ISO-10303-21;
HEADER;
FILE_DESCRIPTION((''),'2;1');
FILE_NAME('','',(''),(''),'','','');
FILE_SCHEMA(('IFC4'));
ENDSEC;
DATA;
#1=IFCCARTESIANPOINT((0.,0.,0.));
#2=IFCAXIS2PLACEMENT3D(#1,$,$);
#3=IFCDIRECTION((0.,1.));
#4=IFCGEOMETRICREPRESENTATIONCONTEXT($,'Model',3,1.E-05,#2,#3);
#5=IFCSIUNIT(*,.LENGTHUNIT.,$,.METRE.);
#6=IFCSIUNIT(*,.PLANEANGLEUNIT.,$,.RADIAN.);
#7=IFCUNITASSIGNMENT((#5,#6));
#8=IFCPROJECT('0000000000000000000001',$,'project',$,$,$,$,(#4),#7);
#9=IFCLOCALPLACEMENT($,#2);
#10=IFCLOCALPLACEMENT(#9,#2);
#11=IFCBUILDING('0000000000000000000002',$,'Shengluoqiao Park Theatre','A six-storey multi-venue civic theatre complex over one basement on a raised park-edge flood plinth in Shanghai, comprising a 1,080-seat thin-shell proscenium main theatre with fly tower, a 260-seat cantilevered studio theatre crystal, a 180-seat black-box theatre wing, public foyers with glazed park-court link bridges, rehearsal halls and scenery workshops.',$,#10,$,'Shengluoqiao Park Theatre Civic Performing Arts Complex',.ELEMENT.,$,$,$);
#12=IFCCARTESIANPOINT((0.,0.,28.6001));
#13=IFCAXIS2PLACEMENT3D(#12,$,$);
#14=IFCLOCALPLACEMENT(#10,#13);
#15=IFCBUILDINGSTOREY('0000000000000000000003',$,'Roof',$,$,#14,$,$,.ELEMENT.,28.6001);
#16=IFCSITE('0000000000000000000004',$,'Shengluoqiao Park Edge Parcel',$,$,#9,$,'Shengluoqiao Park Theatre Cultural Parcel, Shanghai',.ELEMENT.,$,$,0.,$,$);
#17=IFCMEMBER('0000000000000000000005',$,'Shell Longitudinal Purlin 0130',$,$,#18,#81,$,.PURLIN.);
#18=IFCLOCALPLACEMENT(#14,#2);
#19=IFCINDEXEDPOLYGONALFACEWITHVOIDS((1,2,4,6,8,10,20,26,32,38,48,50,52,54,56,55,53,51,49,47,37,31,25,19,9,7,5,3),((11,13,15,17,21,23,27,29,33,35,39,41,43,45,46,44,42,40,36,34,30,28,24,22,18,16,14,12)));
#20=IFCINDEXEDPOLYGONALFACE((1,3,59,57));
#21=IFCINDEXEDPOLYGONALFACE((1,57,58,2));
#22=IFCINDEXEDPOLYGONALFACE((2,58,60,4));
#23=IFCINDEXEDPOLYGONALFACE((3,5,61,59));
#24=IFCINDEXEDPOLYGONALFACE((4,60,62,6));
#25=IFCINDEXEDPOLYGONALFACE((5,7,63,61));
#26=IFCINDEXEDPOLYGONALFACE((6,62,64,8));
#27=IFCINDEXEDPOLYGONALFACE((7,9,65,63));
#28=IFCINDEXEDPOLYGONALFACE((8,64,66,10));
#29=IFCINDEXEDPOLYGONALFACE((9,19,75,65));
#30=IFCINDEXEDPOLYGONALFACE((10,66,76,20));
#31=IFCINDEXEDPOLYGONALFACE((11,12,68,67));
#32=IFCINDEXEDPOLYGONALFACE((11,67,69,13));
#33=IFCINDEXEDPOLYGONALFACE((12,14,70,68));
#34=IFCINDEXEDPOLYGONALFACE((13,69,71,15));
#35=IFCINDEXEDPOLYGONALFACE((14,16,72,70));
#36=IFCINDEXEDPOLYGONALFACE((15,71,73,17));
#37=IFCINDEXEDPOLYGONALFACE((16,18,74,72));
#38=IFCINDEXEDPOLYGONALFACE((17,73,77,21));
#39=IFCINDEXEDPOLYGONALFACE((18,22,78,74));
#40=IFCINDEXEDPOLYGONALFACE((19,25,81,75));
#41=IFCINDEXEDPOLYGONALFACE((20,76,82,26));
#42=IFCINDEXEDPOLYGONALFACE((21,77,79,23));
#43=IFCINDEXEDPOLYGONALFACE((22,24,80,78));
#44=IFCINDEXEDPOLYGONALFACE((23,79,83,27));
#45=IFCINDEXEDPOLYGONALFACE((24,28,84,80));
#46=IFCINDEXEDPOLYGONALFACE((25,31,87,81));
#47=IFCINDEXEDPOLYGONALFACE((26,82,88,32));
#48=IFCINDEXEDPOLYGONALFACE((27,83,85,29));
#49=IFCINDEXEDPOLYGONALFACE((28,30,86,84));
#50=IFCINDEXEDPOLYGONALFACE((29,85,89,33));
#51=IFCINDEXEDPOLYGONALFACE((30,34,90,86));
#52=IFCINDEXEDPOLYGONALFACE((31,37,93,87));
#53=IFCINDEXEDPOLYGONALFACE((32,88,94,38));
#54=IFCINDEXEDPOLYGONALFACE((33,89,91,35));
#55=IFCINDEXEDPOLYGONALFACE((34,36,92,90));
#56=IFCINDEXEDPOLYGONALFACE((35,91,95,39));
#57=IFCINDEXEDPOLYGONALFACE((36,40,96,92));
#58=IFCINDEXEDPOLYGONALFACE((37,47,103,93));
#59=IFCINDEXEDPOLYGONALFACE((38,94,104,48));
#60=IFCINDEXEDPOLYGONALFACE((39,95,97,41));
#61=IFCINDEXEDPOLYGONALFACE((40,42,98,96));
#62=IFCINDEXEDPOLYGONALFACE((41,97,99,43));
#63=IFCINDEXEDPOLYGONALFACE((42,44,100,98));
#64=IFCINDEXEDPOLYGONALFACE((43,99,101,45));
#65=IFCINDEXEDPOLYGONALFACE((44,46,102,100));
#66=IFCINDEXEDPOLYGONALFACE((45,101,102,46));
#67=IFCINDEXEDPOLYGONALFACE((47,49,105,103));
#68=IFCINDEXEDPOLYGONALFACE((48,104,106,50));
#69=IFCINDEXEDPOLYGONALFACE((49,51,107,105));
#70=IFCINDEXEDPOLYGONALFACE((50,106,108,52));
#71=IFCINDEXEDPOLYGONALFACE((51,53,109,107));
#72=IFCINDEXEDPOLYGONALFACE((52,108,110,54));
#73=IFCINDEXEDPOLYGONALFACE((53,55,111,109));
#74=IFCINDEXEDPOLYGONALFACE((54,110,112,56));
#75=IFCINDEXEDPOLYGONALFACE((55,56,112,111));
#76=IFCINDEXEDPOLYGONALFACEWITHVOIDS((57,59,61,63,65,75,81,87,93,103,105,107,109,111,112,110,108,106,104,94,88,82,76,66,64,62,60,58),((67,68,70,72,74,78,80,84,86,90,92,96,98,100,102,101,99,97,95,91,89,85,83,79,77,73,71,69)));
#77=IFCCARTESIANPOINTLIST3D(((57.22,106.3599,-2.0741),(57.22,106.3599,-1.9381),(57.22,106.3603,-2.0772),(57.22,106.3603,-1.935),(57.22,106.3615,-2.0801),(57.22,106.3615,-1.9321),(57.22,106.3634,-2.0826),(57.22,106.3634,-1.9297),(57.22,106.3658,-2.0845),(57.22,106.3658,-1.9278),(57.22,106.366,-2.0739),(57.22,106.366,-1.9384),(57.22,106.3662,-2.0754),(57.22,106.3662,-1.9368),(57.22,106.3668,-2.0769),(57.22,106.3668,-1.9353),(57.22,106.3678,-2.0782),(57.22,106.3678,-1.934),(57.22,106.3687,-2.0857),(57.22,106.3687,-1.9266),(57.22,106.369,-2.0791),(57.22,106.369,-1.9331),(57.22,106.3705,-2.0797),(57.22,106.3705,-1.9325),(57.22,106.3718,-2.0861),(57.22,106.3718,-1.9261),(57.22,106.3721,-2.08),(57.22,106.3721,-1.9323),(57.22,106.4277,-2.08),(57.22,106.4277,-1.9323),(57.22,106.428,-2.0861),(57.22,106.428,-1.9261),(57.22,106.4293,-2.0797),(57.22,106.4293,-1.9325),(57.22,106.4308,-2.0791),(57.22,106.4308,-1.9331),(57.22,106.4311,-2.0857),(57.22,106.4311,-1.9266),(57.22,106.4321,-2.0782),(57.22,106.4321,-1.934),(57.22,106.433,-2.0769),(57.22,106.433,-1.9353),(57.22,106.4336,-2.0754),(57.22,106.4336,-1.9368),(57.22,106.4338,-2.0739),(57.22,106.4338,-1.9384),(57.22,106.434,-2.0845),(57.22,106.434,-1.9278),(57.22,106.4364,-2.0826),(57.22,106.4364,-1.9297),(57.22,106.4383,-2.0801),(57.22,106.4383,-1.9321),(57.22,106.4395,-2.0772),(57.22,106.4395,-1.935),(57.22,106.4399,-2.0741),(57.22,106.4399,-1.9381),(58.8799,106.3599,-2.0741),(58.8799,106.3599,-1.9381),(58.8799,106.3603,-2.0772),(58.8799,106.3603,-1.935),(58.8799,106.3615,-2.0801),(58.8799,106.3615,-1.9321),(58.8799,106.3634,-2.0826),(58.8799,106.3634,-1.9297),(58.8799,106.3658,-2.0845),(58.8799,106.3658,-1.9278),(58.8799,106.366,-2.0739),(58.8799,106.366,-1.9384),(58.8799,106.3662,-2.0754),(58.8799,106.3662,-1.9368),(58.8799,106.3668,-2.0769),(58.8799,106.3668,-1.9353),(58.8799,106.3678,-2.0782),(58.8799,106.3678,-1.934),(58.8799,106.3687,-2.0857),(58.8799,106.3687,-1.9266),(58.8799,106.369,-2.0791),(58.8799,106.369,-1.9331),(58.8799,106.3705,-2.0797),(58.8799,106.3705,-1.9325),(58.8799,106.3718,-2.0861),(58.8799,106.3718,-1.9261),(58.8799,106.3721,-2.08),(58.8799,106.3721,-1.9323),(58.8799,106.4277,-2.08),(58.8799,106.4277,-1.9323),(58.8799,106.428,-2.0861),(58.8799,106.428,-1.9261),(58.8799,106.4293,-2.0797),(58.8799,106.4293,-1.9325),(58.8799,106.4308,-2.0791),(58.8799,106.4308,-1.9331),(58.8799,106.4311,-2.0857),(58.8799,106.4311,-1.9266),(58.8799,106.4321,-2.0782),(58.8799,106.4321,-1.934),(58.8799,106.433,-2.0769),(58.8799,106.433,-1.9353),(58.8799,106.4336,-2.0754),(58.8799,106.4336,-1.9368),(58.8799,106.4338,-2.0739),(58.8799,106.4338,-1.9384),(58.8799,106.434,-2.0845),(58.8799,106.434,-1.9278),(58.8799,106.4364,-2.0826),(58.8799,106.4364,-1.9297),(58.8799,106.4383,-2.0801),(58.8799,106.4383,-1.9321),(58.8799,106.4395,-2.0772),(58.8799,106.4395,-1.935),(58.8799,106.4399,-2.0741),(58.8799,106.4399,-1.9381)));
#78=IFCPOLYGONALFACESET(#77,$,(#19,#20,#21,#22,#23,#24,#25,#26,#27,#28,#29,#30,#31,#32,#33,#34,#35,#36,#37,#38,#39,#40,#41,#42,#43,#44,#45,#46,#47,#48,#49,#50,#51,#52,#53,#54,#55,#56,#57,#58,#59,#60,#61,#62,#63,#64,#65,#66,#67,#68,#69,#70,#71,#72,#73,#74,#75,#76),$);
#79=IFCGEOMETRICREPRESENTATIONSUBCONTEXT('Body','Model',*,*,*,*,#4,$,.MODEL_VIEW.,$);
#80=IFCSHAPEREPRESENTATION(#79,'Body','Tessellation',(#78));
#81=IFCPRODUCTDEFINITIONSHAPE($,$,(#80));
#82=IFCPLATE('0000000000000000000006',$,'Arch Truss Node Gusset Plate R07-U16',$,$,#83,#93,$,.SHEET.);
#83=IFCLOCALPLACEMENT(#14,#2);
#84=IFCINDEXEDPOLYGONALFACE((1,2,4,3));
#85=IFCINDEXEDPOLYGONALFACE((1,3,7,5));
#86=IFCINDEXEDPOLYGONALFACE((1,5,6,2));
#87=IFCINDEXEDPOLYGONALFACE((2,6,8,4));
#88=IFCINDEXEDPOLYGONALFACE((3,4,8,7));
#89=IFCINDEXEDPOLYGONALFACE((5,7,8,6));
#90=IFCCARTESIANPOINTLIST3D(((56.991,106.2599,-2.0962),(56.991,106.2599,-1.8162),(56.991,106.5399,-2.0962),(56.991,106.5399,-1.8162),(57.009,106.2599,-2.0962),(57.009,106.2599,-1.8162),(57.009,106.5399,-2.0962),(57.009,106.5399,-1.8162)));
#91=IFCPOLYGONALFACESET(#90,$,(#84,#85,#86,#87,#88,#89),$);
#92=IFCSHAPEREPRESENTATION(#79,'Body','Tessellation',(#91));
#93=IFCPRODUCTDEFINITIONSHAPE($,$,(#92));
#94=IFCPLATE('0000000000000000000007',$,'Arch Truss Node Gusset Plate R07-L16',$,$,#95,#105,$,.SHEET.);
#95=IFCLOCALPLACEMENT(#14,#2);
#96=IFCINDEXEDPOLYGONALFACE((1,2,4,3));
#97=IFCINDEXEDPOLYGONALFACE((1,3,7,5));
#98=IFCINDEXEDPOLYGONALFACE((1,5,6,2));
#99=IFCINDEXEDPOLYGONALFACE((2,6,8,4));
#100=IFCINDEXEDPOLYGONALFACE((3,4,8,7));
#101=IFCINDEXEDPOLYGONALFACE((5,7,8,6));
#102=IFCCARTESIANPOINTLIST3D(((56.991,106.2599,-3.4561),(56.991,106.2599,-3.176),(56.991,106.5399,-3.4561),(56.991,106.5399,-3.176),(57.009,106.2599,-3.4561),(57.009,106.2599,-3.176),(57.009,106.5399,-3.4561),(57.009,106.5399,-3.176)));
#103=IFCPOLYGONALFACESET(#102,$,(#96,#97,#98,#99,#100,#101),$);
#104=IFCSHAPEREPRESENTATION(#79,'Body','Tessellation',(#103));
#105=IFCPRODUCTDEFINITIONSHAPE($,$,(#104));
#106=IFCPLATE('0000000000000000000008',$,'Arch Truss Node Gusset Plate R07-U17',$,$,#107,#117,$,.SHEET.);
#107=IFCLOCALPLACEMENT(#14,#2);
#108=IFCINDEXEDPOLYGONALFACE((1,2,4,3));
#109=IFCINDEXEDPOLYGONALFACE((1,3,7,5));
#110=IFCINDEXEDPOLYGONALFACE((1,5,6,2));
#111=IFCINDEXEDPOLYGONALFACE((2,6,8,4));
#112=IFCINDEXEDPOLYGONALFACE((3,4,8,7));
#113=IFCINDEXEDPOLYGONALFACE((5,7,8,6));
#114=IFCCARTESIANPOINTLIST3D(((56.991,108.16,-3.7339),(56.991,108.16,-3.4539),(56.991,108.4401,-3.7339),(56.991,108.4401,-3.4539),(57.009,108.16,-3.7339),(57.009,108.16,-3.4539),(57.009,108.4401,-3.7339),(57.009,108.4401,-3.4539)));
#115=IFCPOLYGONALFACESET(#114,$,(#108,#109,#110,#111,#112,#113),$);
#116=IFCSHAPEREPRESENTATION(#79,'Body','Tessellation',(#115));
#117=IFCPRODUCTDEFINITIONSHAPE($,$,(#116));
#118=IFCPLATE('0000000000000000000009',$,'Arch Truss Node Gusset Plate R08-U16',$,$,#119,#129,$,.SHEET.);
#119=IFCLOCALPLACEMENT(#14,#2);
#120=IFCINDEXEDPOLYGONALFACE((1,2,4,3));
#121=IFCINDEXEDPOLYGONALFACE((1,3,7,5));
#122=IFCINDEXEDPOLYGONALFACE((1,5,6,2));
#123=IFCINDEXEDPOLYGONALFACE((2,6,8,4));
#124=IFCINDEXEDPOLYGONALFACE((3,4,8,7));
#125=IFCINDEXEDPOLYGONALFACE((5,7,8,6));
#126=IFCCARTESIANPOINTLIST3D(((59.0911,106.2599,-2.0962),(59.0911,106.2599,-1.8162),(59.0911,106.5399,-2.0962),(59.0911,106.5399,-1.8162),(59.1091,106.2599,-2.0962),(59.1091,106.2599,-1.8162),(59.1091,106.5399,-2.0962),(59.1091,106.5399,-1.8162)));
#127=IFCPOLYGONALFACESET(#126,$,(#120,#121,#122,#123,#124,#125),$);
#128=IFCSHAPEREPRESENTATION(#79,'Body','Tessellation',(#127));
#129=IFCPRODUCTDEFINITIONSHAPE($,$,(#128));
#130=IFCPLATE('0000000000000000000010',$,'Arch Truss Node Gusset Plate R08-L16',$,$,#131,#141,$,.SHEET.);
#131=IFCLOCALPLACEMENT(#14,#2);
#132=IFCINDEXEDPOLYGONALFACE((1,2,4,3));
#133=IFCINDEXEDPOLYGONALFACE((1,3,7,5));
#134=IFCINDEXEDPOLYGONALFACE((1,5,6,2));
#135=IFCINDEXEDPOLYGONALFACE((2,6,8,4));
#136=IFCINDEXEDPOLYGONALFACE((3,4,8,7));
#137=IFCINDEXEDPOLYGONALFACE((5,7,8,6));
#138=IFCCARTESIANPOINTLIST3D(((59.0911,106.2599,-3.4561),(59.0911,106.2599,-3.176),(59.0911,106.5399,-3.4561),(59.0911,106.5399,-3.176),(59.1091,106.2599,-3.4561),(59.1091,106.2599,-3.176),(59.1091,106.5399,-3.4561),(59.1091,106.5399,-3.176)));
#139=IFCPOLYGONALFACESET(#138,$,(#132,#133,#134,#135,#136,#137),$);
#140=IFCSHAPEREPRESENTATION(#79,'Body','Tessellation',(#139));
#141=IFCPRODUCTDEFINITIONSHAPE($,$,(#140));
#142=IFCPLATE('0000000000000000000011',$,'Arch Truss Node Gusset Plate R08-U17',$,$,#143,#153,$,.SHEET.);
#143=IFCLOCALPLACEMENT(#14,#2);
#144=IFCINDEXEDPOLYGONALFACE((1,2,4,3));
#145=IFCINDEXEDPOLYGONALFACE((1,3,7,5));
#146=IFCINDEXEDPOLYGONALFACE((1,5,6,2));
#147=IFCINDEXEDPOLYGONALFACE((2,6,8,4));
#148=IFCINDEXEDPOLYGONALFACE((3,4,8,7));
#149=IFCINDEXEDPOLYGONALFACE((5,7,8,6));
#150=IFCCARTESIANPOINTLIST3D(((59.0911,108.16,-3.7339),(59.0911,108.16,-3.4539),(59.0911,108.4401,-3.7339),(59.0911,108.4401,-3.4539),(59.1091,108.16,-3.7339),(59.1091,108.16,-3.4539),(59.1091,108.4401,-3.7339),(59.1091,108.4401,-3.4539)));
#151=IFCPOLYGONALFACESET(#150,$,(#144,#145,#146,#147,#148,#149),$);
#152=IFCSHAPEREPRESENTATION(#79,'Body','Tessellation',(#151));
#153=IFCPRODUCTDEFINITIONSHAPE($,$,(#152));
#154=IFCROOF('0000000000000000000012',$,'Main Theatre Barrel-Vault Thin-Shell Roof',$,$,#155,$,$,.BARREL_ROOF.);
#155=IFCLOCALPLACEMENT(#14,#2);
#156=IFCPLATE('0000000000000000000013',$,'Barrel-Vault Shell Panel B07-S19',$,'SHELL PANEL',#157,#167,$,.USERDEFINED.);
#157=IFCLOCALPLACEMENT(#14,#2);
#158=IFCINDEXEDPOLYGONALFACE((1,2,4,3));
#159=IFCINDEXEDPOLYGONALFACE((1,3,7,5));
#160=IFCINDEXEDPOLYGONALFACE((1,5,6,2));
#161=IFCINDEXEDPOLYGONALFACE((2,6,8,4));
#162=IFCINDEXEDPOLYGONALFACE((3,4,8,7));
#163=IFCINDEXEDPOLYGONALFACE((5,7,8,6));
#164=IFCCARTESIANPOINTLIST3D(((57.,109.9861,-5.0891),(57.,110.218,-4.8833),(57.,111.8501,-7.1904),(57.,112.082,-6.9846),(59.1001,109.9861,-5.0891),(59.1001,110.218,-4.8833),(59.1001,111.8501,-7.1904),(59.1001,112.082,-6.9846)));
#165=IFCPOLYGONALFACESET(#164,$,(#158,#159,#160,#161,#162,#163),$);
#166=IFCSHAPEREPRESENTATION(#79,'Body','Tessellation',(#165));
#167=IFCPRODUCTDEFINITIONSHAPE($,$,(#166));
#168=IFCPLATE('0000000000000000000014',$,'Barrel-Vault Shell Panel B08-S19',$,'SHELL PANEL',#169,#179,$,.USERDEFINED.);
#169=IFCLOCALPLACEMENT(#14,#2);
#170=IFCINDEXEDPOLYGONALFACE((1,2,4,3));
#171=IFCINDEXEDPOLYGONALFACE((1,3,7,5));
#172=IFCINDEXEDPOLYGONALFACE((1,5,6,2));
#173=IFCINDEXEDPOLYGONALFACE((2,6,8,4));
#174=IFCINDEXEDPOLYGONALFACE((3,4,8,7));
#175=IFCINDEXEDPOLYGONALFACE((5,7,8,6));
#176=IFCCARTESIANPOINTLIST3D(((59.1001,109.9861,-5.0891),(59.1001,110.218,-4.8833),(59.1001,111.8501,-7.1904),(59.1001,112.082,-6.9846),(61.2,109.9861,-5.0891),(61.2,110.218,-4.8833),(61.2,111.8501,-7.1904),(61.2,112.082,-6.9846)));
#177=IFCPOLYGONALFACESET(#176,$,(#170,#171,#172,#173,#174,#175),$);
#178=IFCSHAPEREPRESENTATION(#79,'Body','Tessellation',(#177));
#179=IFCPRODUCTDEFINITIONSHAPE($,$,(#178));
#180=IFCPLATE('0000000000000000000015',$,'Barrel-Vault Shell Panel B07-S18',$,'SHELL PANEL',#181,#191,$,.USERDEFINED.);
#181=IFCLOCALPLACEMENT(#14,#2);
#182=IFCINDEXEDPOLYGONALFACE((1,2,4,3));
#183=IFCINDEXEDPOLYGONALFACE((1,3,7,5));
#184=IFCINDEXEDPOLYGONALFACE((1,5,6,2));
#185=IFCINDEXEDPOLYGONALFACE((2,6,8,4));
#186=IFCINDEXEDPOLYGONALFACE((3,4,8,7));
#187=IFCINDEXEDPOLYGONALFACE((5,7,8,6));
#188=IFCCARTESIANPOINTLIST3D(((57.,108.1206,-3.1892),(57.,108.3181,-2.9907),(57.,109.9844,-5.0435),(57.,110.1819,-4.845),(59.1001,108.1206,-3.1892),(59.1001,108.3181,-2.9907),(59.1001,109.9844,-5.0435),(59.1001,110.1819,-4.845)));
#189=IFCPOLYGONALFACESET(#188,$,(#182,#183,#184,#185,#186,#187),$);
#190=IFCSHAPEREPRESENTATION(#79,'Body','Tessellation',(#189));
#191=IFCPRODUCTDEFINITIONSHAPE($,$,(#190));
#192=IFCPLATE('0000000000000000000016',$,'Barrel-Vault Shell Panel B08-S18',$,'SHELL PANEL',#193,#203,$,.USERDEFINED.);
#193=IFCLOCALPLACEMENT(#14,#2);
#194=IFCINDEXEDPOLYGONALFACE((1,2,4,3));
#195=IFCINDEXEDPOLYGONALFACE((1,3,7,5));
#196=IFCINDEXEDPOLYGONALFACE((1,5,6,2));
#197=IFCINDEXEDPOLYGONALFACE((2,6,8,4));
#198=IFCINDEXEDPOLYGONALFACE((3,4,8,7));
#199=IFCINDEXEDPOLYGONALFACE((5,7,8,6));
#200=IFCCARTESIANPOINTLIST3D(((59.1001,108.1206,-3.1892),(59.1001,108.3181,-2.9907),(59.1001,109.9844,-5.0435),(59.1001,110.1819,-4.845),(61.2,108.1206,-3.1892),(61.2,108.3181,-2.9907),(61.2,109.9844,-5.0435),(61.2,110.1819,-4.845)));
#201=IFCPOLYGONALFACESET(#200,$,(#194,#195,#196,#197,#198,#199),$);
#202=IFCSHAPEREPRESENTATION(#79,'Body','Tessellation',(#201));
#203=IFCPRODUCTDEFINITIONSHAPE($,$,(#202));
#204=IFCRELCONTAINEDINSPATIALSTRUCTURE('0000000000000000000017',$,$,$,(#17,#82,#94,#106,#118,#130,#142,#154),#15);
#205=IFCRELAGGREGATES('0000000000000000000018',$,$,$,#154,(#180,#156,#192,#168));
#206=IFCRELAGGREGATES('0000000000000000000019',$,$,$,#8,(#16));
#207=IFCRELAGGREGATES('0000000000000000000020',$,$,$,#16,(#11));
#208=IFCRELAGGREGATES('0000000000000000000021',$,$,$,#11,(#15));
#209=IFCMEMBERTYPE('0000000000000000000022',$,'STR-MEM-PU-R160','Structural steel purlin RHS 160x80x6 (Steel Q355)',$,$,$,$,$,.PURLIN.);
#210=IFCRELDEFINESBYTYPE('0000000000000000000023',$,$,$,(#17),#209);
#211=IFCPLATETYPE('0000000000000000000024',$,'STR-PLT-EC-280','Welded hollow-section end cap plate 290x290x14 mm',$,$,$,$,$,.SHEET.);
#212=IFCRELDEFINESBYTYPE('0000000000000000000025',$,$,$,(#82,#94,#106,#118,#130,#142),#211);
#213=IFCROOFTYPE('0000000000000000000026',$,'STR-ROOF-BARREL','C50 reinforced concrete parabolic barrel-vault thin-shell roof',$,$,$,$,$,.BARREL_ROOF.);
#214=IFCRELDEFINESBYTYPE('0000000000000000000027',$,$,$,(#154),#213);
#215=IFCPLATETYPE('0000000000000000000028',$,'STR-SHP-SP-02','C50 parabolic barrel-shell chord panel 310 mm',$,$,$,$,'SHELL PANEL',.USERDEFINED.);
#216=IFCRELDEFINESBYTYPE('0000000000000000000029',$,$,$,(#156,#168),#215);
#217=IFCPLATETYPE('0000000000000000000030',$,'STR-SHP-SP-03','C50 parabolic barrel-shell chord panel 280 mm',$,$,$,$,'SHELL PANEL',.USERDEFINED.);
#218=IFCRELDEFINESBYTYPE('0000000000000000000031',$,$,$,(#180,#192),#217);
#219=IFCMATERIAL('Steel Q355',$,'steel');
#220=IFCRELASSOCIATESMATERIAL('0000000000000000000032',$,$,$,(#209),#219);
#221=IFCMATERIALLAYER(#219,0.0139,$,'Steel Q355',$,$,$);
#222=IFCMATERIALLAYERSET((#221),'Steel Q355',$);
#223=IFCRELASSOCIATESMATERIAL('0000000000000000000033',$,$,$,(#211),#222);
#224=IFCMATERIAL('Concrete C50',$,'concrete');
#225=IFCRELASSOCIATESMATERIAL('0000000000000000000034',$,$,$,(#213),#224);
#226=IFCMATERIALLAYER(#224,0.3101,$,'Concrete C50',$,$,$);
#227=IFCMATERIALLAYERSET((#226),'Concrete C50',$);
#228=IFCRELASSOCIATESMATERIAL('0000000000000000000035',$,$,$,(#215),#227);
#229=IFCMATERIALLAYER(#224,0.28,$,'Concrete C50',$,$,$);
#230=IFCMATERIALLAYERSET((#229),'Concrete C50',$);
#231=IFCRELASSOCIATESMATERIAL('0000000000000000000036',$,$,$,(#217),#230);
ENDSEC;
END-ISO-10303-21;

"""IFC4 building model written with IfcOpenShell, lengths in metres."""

from ifc_helpers import new_model, si_unit, direction, frame, origin, origin_2d, place, context, subcontext, project, spatial, polyline, rectangle, hollow_rectangle, outline, extrude, material, layer, layer_set, material_profile, profile_set, type_object, element, aggregate, save


model = new_model("IFC4")

# Units and contexts
model_context = context("Model", 3, precision=1e-05, world=origin(), true_north=direction((0.0, 1.0)))
body_context = subcontext(model_context, "Body", "Model", "MODEL_VIEW")
ifc_project = project(units=[si_unit("LENGTHUNIT", "METRE"), si_unit("PLANEANGLEUNIT", "RADIAN")], contexts=[model_context])

# Site, building, storey
site_placement = place(None, origin())
site = spatial("IfcSite", under=ifc_project, at=site_placement, Name="Shengluoqiao Park Edge Parcel", LongName="Shengluoqiao Park Theatre Cultural Parcel, Shanghai", CompositionType="ELEMENT", RefElevation=0.0)
building_placement = place(site_placement, origin())
building = spatial("IfcBuilding", under=site, at=building_placement, Name="Shengluoqiao Park Theatre", Description="A six-storey multi-venue civic theatre complex over one basement on a raised park-edge flood plinth in Shanghai, comprising a 1,080-seat thin-shell proscenium main theatre with fly tower, a 260-seat cantilevered studio theatre crystal, a 180-seat black-box theatre wing, public foyers with glazed park-court link bridges, rehearsal halls and scenery workshops.", LongName="Shengluoqiao Park Theatre Civic Performing Arts Complex", CompositionType="ELEMENT")
storey_placement = place(building_placement, frame((0.0, 0.0, 28.6001)))
storey = spatial("IfcBuildingStorey", under=building, at=storey_placement, Name="Roof", CompositionType="ELEMENT", Elevation=28.6001)

# Shared definitions
ifc_material_1 = material(Name="Concrete C50", Category="concrete")
ifc_material_2 = material(Name="Steel Q355", Category="steel")

# Member
ifc_material_profile_1 = material_profile(ifc_material_2, hollow_rectangle(XDim=0.0801, YDim=0.1599, WallThickness=0.0061, InnerFilletRadius=0.0061, OuterFilletRadius=0.012, at=origin_2d()), Name="RHS 160x80x6")
ifc_profile_set_1 = profile_set([ifc_material_profile_1], Name="Steel Q355")
member_type_1 = type_object("IfcMemberType", Name="STR-MEM-PU-R160", Description="Structural steel purlin RHS 160x80x6 (Steel Q355)", PredefinedType="PURLIN", material=ifc_profile_set_1)
member_1_placement = place(storey_placement, frame((57.22, 106.3999, -2.0061), z_axis=(1.0, 0.0, 0.0), x_axis=(0.0, 1.0, 0.0)))
element("IfcMember", 1, at=member_1_placement, inside=storey, type_object=member_type_1, Name="Shell Longitudinal Purlin 0130", PredefinedType="PURLIN", context=body_context, shape_type="SweptSolid", body=[
    extrude(hollow_rectangle(XDim=0.0801, YDim=0.1599, WallThickness=0.0061, InnerFilletRadius=0.0061, OuterFilletRadius=0.012, at=origin_2d()), origin(), (0.0, 0.0, 1.0), 1.6599),
])

# Plates
ifc_layer_1 = layer(ifc_material_2, 0.0139, Name="Steel Q355")
ifc_layer_set_1 = layer_set([ifc_layer_1], Name="Steel Q355")
plate_type_1 = type_object("IfcPlateType", Name="STR-PLT-EC-280", Description="Welded hollow-section end cap plate 290x290x14 mm", PredefinedType="SHEET", material=ifc_layer_set_1)
for number, where, z_axis, x_axis, name in (
    (2, (57.0, 106.3999, -2.0962), (0.0, 0.0, 1.0), (1.0, 0.0, 0.0), "Arch Truss Node Gusset Plate R07-U16"),
    (3, (57.0, 106.3999, -3.4561), (0.0, 0.0, 1.0), (1.0, 0.0, 0.0), "Arch Truss Node Gusset Plate R07-L16"),
    (4, (57.0, 108.3, -3.7339), (0.0, 0.0, 1.0), (1.0, 0.0, 0.0), "Arch Truss Node Gusset Plate R07-U17"),
    (5, (59.1001, 106.3999, -2.0962), (0.0, 0.0, 1.0), (1.0, 0.0, 0.0), "Arch Truss Node Gusset Plate R08-U16"),
    (6, (59.1001, 106.3999, -3.4561), (0.0, 0.0, 1.0), (1.0, 0.0, 0.0), "Arch Truss Node Gusset Plate R08-L16"),
    (7, (59.1001, 108.3, -3.7339), (0.0, 0.0, 1.0), (1.0, 0.0, 0.0), "Arch Truss Node Gusset Plate R08-U17"),
):
    element("IfcPlate", number, at=place(storey_placement, frame(where, z_axis=z_axis, x_axis=x_axis)), inside=storey, type_object=plate_type_1, Name=name, PredefinedType="SHEET", context=body_context, shape_type="SweptSolid", body=[
        extrude(rectangle(XDim=0.0181, YDim=0.28, at=origin_2d()), origin(), (0.0, 0.0, 1.0), 0.28),
    ])

# Roof, plates
roof_type = type_object("IfcRoofType", Name="STR-ROOF-BARREL", Description="C50 reinforced concrete parabolic barrel-vault thin-shell roof", PredefinedType="BARREL_ROOF", material=ifc_material_1)
roof_placement = place(storey_placement, origin())
roof = element("IfcRoof", 8, at=roof_placement, inside=storey, type_object=roof_type, Name="Main Theatre Barrel-Vault Thin-Shell Roof", PredefinedType="BARREL_ROOF")
ifc_layer_2 = layer(ifc_material_1, 0.3101, Name="Concrete C50")
ifc_layer_set_2 = layer_set([ifc_layer_2], Name="Concrete C50")
plate_type_2 = type_object("IfcPlateType", Name="STR-SHP-SP-02", Description="C50 parabolic barrel-shell chord panel 310 mm", ElementType="SHELL PANEL", PredefinedType="USERDEFINED", material=ifc_layer_set_2)
plate_1_placement = place(storey_placement, frame((57.0, 110.218, -4.8833), z_axis=(0.0, 0.748085, 0.663603), x_axis=(1.0, 0.0, 0.0)))
plate_1 = element("IfcPlate", 9, at=plate_1_placement, type_object=plate_type_2, Name="Barrel-Vault Shell Panel B07-S19", ObjectType="SHELL PANEL", PredefinedType="USERDEFINED", context=body_context, shape_type="SweptSolid", body=[
    extrude(outline(polyline([(0.0, 0.0), (2.1001, 0.0), (2.1001, 2.8089), (0.0, 2.8089), (0.0, 0.0)])), origin(), (0.0, 0.0, -1.0), 0.3101),
])
plate_2_placement = place(storey_placement, frame((59.1001, 110.218, -4.8833), z_axis=(0.0, 0.748085, 0.663603), x_axis=(1.0, 0.0, 0.0)))
plate_2 = element("IfcPlate", 10, at=plate_2_placement, type_object=plate_type_2, Name="Barrel-Vault Shell Panel B08-S19", ObjectType="SHELL PANEL", PredefinedType="USERDEFINED", context=body_context, shape_type="SweptSolid", body=[
    extrude(outline(polyline([(0.0, 0.0), (2.0999, 0.0), (2.0999, 2.8089), (0.0, 2.8089), (0.0, 0.0)])), origin(), (0.0, 0.0, -1.0), 0.3101),
])
ifc_layer_3 = layer(ifc_material_1, 0.28, Name="Concrete C50")
ifc_layer_set_3 = layer_set([ifc_layer_3], Name="Concrete C50")
plate_type_3 = type_object("IfcPlateType", Name="STR-SHP-SP-03", Description="C50 parabolic barrel-shell chord panel 280 mm", ElementType="SHELL PANEL", PredefinedType="USERDEFINED", material=ifc_layer_set_3)
plate_3_placement = place(storey_placement, frame((57.0, 108.3181, -2.9907), z_axis=(0.0, 0.705294, 0.708915), x_axis=(1.0, 0.0, 0.0)))
plate_3 = element("IfcPlate", 11, at=plate_3_placement, type_object=plate_type_3, Name="Barrel-Vault Shell Panel B07-S18", ObjectType="SHELL PANEL", PredefinedType="USERDEFINED", context=body_context, shape_type="SweptSolid", body=[
    extrude(outline(polyline([(0.0, 0.0), (2.1001, 0.0), (2.1001, 2.629), (0.0, 2.629), (0.0, 0.0)])), origin(), (0.0, 0.0, -1.0), 0.28),
])
plate_4_placement = place(storey_placement, frame((59.1001, 108.3181, -2.9907), z_axis=(0.0, 0.705294, 0.708915), x_axis=(1.0, 0.0, 0.0)))
plate_4 = element("IfcPlate", 12, at=plate_4_placement, type_object=plate_type_3, Name="Barrel-Vault Shell Panel B08-S18", ObjectType="SHELL PANEL", PredefinedType="USERDEFINED", context=body_context, shape_type="SweptSolid", body=[
    extrude(outline(polyline([(0.0, 0.0), (2.0999, 0.0), (2.0999, 2.629), (0.0, 2.629), (0.0, 0.0)])), origin(), (0.0, 0.0, -1.0), 0.28),
])
aggregate(roof, [plate_3, plate_1, plate_4, plate_2])

save(model, "model.ifc")
